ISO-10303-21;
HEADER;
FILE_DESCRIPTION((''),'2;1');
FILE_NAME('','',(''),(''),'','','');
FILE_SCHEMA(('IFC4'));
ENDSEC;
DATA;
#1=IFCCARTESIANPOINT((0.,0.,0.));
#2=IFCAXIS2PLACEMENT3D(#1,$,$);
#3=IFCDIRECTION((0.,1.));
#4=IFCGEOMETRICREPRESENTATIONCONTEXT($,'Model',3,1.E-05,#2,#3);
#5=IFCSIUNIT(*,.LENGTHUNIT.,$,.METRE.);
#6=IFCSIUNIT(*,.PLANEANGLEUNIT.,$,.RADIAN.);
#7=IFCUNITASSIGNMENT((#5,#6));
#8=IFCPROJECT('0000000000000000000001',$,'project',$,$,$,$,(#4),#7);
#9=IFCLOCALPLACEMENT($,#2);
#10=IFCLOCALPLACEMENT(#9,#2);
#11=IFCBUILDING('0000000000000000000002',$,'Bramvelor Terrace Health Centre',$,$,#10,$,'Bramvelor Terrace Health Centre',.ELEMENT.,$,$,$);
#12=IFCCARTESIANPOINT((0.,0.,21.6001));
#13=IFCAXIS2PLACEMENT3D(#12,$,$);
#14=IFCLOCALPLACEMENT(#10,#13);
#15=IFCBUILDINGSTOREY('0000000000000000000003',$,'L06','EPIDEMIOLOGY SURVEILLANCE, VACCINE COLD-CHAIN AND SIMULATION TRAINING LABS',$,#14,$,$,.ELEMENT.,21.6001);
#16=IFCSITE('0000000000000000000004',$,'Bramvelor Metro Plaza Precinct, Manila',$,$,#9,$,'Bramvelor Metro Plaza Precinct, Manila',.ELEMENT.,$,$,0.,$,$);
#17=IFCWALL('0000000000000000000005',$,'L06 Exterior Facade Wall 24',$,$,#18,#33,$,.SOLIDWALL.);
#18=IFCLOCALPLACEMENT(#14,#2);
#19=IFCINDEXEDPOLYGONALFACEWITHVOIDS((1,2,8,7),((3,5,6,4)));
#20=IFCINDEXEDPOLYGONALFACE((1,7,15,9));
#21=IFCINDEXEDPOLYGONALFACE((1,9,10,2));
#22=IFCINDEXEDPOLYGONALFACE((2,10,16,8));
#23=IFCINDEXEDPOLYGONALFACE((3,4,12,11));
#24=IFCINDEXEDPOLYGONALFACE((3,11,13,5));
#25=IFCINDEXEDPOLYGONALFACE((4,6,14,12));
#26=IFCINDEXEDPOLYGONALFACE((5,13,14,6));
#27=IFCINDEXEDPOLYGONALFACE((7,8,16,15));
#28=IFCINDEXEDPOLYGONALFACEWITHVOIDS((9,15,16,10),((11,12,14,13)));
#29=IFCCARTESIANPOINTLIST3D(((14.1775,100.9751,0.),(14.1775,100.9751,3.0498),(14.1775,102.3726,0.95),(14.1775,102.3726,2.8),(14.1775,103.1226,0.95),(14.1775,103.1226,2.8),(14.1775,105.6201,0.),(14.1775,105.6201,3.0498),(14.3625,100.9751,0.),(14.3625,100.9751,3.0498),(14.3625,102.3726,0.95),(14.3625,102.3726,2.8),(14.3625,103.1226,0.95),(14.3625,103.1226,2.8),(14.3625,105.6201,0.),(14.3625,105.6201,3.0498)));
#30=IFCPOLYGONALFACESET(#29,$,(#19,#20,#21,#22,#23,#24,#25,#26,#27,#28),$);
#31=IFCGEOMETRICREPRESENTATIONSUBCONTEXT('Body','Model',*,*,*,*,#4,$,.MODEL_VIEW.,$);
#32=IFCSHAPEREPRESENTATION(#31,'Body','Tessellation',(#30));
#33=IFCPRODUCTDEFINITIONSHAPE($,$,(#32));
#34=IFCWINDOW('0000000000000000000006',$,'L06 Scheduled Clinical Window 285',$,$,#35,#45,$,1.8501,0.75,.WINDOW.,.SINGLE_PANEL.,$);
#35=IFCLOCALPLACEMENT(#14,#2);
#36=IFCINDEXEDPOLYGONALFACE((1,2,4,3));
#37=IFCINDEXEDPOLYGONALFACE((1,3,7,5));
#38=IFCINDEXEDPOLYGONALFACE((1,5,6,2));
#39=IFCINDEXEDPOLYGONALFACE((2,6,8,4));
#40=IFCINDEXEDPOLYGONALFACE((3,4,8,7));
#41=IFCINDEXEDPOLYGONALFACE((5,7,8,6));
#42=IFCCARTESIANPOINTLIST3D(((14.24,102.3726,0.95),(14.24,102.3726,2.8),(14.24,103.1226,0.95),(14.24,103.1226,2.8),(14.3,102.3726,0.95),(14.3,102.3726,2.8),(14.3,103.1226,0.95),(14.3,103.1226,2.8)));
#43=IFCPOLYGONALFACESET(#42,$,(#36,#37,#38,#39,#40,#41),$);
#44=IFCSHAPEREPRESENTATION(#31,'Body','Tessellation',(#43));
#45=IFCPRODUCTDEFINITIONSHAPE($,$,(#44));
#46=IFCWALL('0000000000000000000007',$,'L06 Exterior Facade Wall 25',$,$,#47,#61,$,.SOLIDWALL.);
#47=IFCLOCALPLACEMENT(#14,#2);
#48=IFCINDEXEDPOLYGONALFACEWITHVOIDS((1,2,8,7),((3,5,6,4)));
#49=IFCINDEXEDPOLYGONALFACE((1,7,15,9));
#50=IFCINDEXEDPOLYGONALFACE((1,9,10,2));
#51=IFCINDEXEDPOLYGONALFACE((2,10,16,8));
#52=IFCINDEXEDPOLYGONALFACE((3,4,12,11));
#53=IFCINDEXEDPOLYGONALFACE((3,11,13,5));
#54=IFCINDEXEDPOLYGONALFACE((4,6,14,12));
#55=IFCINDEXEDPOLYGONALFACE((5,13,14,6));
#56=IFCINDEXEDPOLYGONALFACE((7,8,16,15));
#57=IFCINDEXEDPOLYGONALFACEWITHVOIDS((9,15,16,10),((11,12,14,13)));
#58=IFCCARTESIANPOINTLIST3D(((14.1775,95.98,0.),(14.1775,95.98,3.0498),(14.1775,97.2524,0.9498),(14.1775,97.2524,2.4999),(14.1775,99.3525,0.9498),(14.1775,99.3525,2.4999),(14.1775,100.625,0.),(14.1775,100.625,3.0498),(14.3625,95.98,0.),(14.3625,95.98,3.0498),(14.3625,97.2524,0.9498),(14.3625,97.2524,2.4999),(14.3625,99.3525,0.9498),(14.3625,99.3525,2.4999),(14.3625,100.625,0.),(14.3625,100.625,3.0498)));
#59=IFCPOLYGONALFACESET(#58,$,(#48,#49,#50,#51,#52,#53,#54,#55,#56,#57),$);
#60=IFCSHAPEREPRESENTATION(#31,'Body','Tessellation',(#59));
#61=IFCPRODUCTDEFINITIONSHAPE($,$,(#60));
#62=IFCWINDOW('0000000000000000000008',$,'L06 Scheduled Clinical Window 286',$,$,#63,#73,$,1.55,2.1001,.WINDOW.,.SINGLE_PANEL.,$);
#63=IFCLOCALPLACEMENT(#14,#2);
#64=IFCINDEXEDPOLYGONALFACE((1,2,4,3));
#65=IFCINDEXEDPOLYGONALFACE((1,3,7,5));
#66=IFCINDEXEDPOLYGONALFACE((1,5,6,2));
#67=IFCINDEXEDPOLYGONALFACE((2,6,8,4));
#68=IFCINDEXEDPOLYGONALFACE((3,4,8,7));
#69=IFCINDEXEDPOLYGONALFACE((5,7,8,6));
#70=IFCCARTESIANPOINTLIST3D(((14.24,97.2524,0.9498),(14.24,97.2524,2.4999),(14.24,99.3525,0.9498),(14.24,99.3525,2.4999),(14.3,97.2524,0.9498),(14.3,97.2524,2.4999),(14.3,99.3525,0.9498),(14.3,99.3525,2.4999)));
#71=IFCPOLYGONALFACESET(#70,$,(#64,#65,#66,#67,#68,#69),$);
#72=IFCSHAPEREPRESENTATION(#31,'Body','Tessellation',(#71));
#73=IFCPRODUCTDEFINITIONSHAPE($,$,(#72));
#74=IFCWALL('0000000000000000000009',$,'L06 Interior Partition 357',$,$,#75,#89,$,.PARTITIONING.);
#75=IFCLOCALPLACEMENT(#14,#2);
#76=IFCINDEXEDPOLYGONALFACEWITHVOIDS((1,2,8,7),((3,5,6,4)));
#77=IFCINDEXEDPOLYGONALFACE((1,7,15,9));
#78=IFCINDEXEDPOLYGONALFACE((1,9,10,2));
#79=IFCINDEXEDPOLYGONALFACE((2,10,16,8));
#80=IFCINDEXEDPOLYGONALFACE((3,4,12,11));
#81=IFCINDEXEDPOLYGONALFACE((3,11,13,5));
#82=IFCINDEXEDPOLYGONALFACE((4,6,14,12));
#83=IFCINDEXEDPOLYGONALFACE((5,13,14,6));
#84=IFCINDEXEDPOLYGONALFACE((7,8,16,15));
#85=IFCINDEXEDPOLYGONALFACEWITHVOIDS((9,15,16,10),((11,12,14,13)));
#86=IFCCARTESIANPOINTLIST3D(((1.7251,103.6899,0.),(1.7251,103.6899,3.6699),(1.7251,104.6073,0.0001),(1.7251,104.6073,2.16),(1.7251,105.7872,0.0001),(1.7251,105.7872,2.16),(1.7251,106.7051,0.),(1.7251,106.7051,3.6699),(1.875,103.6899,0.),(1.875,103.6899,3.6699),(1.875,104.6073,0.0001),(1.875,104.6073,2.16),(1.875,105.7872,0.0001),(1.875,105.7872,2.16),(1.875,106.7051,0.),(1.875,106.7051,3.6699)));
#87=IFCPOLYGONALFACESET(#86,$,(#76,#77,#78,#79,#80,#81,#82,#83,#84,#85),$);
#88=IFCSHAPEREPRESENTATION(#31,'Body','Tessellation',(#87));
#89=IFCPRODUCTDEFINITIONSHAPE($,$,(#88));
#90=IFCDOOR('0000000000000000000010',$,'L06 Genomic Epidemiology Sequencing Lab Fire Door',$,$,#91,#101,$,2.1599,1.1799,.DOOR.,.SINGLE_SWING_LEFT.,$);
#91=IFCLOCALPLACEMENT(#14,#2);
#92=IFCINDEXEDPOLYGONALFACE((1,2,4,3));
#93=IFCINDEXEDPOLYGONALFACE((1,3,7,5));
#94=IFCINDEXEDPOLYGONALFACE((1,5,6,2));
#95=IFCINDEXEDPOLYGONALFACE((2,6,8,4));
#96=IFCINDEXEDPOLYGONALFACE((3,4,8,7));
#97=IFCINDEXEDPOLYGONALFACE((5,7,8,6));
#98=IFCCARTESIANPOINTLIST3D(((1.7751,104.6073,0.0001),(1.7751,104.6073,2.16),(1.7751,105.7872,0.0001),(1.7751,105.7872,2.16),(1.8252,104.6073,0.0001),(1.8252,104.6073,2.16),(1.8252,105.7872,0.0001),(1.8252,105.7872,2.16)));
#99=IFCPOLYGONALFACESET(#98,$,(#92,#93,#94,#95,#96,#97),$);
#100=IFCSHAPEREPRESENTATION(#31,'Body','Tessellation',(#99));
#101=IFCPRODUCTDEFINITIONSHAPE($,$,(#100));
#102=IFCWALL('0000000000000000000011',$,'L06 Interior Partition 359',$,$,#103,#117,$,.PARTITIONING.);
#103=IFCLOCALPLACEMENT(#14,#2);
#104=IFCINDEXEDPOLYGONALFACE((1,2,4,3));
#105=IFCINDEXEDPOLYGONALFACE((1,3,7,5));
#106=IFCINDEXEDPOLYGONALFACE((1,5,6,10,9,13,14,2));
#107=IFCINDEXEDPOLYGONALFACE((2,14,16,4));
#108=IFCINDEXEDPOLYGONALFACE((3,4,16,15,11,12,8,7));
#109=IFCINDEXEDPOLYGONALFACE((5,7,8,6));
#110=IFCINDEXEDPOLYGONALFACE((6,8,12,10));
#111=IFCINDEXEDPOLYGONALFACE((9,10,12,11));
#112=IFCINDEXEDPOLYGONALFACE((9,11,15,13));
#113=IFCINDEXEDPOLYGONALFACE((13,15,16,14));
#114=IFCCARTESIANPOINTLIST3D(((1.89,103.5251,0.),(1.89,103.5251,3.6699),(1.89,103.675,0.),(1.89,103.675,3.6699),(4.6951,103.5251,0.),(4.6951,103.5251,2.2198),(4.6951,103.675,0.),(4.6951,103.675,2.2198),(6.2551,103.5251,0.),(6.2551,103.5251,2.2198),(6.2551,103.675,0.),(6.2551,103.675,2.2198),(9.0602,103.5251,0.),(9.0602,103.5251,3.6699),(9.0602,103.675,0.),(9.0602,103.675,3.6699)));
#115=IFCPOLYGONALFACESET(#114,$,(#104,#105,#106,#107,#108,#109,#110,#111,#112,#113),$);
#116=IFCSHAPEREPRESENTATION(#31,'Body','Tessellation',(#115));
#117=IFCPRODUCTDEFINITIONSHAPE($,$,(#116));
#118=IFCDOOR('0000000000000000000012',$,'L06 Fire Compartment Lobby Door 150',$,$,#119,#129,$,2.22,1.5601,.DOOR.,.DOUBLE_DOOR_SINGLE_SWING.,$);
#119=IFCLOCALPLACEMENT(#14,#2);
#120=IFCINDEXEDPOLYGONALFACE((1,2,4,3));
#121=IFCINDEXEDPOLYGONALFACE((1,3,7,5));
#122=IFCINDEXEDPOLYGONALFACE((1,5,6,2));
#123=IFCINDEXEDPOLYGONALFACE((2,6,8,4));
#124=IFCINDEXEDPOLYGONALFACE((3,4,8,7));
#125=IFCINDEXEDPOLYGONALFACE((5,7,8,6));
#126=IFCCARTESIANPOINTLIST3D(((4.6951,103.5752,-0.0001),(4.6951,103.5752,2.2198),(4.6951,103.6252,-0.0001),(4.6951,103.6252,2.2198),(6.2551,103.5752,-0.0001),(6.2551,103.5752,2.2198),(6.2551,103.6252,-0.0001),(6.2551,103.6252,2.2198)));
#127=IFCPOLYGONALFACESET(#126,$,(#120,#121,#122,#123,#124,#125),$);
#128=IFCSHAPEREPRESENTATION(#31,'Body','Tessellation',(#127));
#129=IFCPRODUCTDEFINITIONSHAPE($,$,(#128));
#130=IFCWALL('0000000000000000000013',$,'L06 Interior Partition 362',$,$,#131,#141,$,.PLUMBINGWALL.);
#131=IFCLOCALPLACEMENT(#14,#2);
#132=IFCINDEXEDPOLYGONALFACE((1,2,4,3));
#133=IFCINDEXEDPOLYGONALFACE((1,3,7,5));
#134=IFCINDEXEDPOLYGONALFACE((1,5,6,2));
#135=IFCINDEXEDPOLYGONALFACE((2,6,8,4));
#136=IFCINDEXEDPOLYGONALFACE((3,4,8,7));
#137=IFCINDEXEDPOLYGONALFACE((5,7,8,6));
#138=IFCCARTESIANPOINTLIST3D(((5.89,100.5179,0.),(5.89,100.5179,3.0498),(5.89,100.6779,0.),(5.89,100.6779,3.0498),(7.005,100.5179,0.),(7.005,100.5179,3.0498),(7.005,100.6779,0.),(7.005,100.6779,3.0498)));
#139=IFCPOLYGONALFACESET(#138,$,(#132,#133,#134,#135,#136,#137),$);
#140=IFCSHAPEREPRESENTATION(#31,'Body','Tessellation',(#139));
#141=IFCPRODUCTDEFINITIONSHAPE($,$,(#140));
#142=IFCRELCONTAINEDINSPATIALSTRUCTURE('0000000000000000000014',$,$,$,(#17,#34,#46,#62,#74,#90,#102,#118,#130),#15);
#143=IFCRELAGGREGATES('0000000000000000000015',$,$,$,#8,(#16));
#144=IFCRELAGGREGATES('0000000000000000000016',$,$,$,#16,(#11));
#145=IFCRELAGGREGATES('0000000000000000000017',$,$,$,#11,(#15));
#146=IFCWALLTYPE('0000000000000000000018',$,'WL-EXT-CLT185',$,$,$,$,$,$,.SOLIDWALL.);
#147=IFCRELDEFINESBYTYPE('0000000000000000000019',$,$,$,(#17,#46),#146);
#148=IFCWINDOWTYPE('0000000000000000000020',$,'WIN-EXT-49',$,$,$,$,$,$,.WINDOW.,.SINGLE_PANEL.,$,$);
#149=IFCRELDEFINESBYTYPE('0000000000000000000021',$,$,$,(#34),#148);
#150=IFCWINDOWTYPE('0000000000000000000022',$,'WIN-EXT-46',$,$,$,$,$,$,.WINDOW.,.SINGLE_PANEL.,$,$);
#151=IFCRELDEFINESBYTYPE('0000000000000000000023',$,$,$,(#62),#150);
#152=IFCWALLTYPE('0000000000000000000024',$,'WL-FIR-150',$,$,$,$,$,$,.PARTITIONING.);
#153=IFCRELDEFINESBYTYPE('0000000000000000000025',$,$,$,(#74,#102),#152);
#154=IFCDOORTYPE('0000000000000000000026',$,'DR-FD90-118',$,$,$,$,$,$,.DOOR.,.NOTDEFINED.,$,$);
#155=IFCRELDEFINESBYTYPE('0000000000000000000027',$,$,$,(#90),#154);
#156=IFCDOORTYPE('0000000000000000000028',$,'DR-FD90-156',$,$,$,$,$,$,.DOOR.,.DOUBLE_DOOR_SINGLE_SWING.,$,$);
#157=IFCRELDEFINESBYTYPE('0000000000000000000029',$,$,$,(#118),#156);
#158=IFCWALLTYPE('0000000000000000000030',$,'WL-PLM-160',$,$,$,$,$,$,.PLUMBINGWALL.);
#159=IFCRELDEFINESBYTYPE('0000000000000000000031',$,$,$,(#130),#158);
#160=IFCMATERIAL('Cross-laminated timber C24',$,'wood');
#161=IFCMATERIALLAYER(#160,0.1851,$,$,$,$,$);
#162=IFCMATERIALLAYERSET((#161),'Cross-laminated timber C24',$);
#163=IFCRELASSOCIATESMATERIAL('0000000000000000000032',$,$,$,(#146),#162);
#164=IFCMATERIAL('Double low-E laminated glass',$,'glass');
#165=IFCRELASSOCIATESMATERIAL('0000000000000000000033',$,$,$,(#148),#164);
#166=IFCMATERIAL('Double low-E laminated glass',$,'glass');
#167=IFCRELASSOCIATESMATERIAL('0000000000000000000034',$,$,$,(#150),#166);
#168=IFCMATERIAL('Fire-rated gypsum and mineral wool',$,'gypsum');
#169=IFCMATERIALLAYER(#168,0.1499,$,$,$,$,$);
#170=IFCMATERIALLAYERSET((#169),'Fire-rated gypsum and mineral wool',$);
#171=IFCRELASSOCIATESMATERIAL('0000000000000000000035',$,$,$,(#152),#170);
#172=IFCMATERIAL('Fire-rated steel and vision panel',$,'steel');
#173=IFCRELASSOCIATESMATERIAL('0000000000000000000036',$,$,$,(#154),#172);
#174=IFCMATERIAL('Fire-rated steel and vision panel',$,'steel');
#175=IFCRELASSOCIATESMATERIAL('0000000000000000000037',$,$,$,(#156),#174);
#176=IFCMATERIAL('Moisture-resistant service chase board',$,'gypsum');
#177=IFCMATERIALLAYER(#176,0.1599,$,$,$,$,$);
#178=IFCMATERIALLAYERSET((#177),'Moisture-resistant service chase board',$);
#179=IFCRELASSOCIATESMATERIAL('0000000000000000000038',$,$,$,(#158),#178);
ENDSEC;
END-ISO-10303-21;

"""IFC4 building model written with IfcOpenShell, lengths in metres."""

from ifc_helpers import new_model, si_unit, direction, frame, frame_2d, origin, place, context, subcontext, project, spatial, rectangle, extrude, material, layer, layer_set, type_object, element, fill, save


model = new_model("IFC4")

# Units and contexts
model_context = context("Model", 3, precision=1e-05, world=origin(), true_north=direction((0.0, 1.0)))
body_context = subcontext(model_context, "Body", "Model", "MODEL_VIEW")
ifc_project = project(units=[si_unit("LENGTHUNIT", "METRE"), si_unit("PLANEANGLEUNIT", "RADIAN")], contexts=[model_context])

# Site, building, storey
site_placement = place(None, origin())
site = spatial("IfcSite", under=ifc_project, at=site_placement, Name="Bramvelor Metro Plaza Precinct, Manila", LongName="Bramvelor Metro Plaza Precinct, Manila", CompositionType="ELEMENT", RefElevation=0.0)
building_placement = place(site_placement, origin())
building = spatial("IfcBuilding", under=site, at=building_placement, Name="Bramvelor Terrace Health Centre", LongName="Bramvelor Terrace Health Centre", CompositionType="ELEMENT")
storey_placement = place(building_placement, frame((0.0, 0.0, 21.6001)))
storey = spatial("IfcBuildingStorey", under=building, at=storey_placement, Name="L06", Description="EPIDEMIOLOGY SURVEILLANCE, VACCINE COLD-CHAIN AND SIMULATION TRAINING LABS", CompositionType="ELEMENT", Elevation=21.6001)

# Walls, openings, windows
ifc_material_1 = material(Name="Cross-laminated timber C24", Category="wood")
ifc_layer_1 = layer(ifc_material_1, 0.1851)
ifc_layer_set_1 = layer_set([ifc_layer_1], Name="Cross-laminated timber C24")
wall_type_1 = type_object("IfcWallType", Name="WL-EXT-CLT185", PredefinedType="SOLIDWALL", material=ifc_layer_set_1)
wall_1_placement = place(storey_placement, frame((14.27, 105.6201, 0.0), z_axis=(0.0, 0.0, 1.0), x_axis=(0.0, -1.0, 0.0)))
wall_1 = element("IfcWall", 1, at=wall_1_placement, inside=storey, type_object=wall_type_1, Name="L06 Exterior Facade Wall 24", PredefinedType="SOLIDWALL", context=body_context, shape_type="SweptSolid", body=[
    extrude(rectangle(XDim=4.645, YDim=0.1851, at=frame_2d((2.3225, 0.0))), origin(), (0.0, 0.0, 1.0), 3.0498),
])
opening_1_placement = place(wall_1_placement, frame((2.4976, 0.0, 0.95)))
opening_1 = element("IfcOpeningElement", 2, at=opening_1_placement, cuts=wall_1, PredefinedType="OPENING", context=body_context, shape_type="SweptSolid", body=[
    extrude(rectangle(XDim=0.75, YDim=1.8501, at=frame_2d((0.375, 0.925))), frame((0.0, 0.1025, 0.0), z_axis=(0.0, -1.0, 0.0), x_axis=(1.0, 0.0, 0.0)), (0.0, 0.0, 1.0), 0.2051),
])
ifc_material_2 = material(Name="Double low-E laminated glass", Category="glass")
window_type_1 = type_object("IfcWindowType", Name="WIN-EXT-49", PartitioningType="SINGLE_PANEL", PredefinedType="WINDOW", material=ifc_material_2)
window_1_placement = place(opening_1_placement, origin())
window_1 = element("IfcWindow", 3, at=window_1_placement, inside=storey, type_object=window_type_1, Name="L06 Scheduled Clinical Window 285", OverallHeight=1.8501, OverallWidth=0.75, PartitioningType="SINGLE_PANEL", PredefinedType="WINDOW", context=body_context, shape_type="SweptSolid", body=[
    extrude(rectangle(XDim=0.75, YDim=1.8501, at=frame_2d((0.375, 0.925))), frame((0.0, 0.03, 0.0), z_axis=(0.0, -1.0, 0.0), x_axis=(1.0, 0.0, 0.0)), (0.0, 0.0, 1.0), 0.0601),
])
fill(opening_1, window_1)
wall_2_placement = place(storey_placement, frame((14.27, 100.625, 0.0), z_axis=(0.0, 0.0, 1.0), x_axis=(0.0, -1.0, 0.0)))
wall_2 = element("IfcWall", 4, at=wall_2_placement, inside=storey, type_object=wall_type_1, Name="L06 Exterior Facade Wall 25", PredefinedType="SOLIDWALL", context=body_context, shape_type="SweptSolid", body=[
    extrude(rectangle(XDim=4.645, YDim=0.1851, at=frame_2d((2.3225, 0.0))), origin(), (0.0, 0.0, 1.0), 3.0498),
])
opening_2_placement = place(wall_2_placement, frame((1.2725, 0.0, 0.95)))
opening_2 = element("IfcOpeningElement", 5, at=opening_2_placement, cuts=wall_2, PredefinedType="OPENING", context=body_context, shape_type="SweptSolid", body=[
    extrude(rectangle(XDim=2.1001, YDim=1.55, at=frame_2d((1.05, 0.7749))), frame((0.0, 0.1025, 0.0), z_axis=(0.0, -1.0, 0.0), x_axis=(1.0, 0.0, 0.0)), (0.0, 0.0, 1.0), 0.2051),
])
ifc_material_3 = material(Name="Double low-E laminated glass", Category="glass")
window_type_2 = type_object("IfcWindowType", Name="WIN-EXT-46", PartitioningType="SINGLE_PANEL", PredefinedType="WINDOW", material=ifc_material_3)
window_2_placement = place(opening_2_placement, origin())
window_2 = element("IfcWindow", 6, at=window_2_placement, inside=storey, type_object=window_type_2, Name="L06 Scheduled Clinical Window 286", OverallHeight=1.55, OverallWidth=2.1001, PartitioningType="SINGLE_PANEL", PredefinedType="WINDOW", context=body_context, shape_type="SweptSolid", body=[
    extrude(rectangle(XDim=2.1001, YDim=1.55, at=frame_2d((1.05, 0.7749))), frame((0.0, 0.03, 0.0), z_axis=(0.0, -1.0, 0.0), x_axis=(1.0, 0.0, 0.0)), (0.0, 0.0, 1.0), 0.0601),
])
fill(opening_2, window_2)

# Walls, openings, doors
ifc_material_4 = material(Name="Fire-rated gypsum and mineral wool", Category="gypsum")
ifc_layer_2 = layer(ifc_material_4, 0.1499)
ifc_layer_set_2 = layer_set([ifc_layer_2], Name="Fire-rated gypsum and mineral wool")
wall_type_2 = type_object("IfcWallType", Name="WL-FIR-150", PredefinedType="PARTITIONING", material=ifc_layer_set_2)
wall_3_placement = place(storey_placement, frame((1.8, 103.6899, 0.0), z_axis=(0.0, 0.0, 1.0), x_axis=(0.0, 1.0, 0.0)))
wall_3 = element("IfcWall", 7, at=wall_3_placement, inside=storey, type_object=wall_type_2, Name="L06 Interior Partition 357", PredefinedType="PARTITIONING", context=body_context, shape_type="SweptSolid", body=[
    extrude(rectangle(XDim=3.0151, YDim=0.1499, at=frame_2d((1.5076, 0.0))), origin(), (0.0, 0.0, 1.0), 3.6699),
])
opening_3_placement = place(wall_3_placement, frame((0.9175, 0.0, 0.0)))
opening_3 = element("IfcOpeningElement", 8, at=opening_3_placement, cuts=wall_3, PredefinedType="OPENING", context=body_context, shape_type="SweptSolid", body=[
    extrude(rectangle(XDim=1.1799, YDim=2.1599, at=frame_2d((0.5898, 1.0801))), frame((0.0, 0.085, 0.0), z_axis=(0.0, -1.0, 0.0), x_axis=(1.0, 0.0, 0.0)), (0.0, 0.0, 1.0), 0.1699),
])
ifc_material_5 = material(Name="Fire-rated steel and vision panel", Category="steel")
door_type_1 = type_object("IfcDoorType", Name="DR-FD90-118", OperationType="NOTDEFINED", PredefinedType="DOOR", material=ifc_material_5)
door_1_placement = place(opening_3_placement, origin())
door_1 = element("IfcDoor", 9, at=door_1_placement, inside=storey, type_object=door_type_1, Name="L06 Genomic Epidemiology Sequencing Lab Fire Door", OperationType="SINGLE_SWING_LEFT", OverallHeight=2.1599, OverallWidth=1.1799, PredefinedType="DOOR", context=body_context, shape_type="SweptSolid", body=[
    extrude(rectangle(XDim=1.1799, YDim=2.1599, at=frame_2d((0.5898, 1.0801))), frame((0.0, 0.0249, 0.0), z_axis=(0.0, -1.0, 0.0), x_axis=(1.0, 0.0, 0.0)), (0.0, 0.0, 1.0), 0.05),
])
fill(opening_3, door_1)
wall_4_placement = place(storey_placement, frame((9.0601, 103.6001, 0.0), z_axis=(0.0, 0.0, 1.0), x_axis=(-1.0, 0.0, 0.0)))
wall_4 = element("IfcWall", 10, at=wall_4_placement, inside=storey, type_object=wall_type_2, Name="L06 Interior Partition 359", PredefinedType="PARTITIONING", context=body_context, shape_type="SweptSolid", body=[
    extrude(rectangle(XDim=7.1702, YDim=0.1499, at=frame_2d((3.585, 0.0))), origin(), (0.0, 0.0, 1.0), 3.6699),
])
opening_4_placement = place(wall_4_placement, frame((2.8049, 0.0, 0.0)))
opening_4 = element("IfcOpeningElement", 11, at=opening_4_placement, cuts=wall_4, PredefinedType="OPENING", context=body_context, shape_type="SweptSolid", body=[
    extrude(rectangle(XDim=1.5601, YDim=2.22, at=frame_2d((0.78, 1.1099))), frame((0.0, 0.085, 0.0), z_axis=(0.0, -1.0, 0.0), x_axis=(1.0, 0.0, 0.0)), (0.0, 0.0, 1.0), 0.1699),
])
ifc_material_6 = material(Name="Fire-rated steel and vision panel", Category="steel")
door_type_2 = type_object("IfcDoorType", Name="DR-FD90-156", OperationType="DOUBLE_DOOR_SINGLE_SWING", PredefinedType="DOOR", material=ifc_material_6)
door_2_placement = place(opening_4_placement, origin())
door_2 = element("IfcDoor", 12, at=door_2_placement, inside=storey, type_object=door_type_2, Name="L06 Fire Compartment Lobby Door 150", OperationType="DOUBLE_DOOR_SINGLE_SWING", OverallHeight=2.22, OverallWidth=1.5601, PredefinedType="DOOR", context=body_context, shape_type="SweptSolid", body=[
    extrude(rectangle(XDim=1.5601, YDim=2.22, at=frame_2d((0.78, 1.1099))), frame((0.0, 0.0249, 0.0), z_axis=(0.0, -1.0, 0.0), x_axis=(1.0, 0.0, 0.0)), (0.0, 0.0, 1.0), 0.05),
])
fill(opening_4, door_2)

# Wall
ifc_material_7 = material(Name="Moisture-resistant service chase board", Category="gypsum")
ifc_layer_3 = layer(ifc_material_7, 0.1599)
ifc_layer_set_3 = layer_set([ifc_layer_3], Name="Moisture-resistant service chase board")
wall_type_3 = type_object("IfcWallType", Name="WL-PLM-160", PredefinedType="PLUMBINGWALL", material=ifc_layer_set_3)
wall_5_placement = place(storey_placement, frame((5.8899, 100.5979, 0.0), z_axis=(0.0, 0.0, 1.0), x_axis=(1.0, 0.0, 0.0)))
element("IfcWall", 13, at=wall_5_placement, inside=storey, type_object=wall_type_3, Name="L06 Interior Partition 362", PredefinedType="PLUMBINGWALL", context=body_context, shape_type="SweptSolid", body=[
    extrude(rectangle(XDim=1.115, YDim=0.1599, at=frame_2d((0.5576, 0.0))), origin(), (0.0, 0.0, 1.0), 3.0498),
])

save(model, "model.ifc")
